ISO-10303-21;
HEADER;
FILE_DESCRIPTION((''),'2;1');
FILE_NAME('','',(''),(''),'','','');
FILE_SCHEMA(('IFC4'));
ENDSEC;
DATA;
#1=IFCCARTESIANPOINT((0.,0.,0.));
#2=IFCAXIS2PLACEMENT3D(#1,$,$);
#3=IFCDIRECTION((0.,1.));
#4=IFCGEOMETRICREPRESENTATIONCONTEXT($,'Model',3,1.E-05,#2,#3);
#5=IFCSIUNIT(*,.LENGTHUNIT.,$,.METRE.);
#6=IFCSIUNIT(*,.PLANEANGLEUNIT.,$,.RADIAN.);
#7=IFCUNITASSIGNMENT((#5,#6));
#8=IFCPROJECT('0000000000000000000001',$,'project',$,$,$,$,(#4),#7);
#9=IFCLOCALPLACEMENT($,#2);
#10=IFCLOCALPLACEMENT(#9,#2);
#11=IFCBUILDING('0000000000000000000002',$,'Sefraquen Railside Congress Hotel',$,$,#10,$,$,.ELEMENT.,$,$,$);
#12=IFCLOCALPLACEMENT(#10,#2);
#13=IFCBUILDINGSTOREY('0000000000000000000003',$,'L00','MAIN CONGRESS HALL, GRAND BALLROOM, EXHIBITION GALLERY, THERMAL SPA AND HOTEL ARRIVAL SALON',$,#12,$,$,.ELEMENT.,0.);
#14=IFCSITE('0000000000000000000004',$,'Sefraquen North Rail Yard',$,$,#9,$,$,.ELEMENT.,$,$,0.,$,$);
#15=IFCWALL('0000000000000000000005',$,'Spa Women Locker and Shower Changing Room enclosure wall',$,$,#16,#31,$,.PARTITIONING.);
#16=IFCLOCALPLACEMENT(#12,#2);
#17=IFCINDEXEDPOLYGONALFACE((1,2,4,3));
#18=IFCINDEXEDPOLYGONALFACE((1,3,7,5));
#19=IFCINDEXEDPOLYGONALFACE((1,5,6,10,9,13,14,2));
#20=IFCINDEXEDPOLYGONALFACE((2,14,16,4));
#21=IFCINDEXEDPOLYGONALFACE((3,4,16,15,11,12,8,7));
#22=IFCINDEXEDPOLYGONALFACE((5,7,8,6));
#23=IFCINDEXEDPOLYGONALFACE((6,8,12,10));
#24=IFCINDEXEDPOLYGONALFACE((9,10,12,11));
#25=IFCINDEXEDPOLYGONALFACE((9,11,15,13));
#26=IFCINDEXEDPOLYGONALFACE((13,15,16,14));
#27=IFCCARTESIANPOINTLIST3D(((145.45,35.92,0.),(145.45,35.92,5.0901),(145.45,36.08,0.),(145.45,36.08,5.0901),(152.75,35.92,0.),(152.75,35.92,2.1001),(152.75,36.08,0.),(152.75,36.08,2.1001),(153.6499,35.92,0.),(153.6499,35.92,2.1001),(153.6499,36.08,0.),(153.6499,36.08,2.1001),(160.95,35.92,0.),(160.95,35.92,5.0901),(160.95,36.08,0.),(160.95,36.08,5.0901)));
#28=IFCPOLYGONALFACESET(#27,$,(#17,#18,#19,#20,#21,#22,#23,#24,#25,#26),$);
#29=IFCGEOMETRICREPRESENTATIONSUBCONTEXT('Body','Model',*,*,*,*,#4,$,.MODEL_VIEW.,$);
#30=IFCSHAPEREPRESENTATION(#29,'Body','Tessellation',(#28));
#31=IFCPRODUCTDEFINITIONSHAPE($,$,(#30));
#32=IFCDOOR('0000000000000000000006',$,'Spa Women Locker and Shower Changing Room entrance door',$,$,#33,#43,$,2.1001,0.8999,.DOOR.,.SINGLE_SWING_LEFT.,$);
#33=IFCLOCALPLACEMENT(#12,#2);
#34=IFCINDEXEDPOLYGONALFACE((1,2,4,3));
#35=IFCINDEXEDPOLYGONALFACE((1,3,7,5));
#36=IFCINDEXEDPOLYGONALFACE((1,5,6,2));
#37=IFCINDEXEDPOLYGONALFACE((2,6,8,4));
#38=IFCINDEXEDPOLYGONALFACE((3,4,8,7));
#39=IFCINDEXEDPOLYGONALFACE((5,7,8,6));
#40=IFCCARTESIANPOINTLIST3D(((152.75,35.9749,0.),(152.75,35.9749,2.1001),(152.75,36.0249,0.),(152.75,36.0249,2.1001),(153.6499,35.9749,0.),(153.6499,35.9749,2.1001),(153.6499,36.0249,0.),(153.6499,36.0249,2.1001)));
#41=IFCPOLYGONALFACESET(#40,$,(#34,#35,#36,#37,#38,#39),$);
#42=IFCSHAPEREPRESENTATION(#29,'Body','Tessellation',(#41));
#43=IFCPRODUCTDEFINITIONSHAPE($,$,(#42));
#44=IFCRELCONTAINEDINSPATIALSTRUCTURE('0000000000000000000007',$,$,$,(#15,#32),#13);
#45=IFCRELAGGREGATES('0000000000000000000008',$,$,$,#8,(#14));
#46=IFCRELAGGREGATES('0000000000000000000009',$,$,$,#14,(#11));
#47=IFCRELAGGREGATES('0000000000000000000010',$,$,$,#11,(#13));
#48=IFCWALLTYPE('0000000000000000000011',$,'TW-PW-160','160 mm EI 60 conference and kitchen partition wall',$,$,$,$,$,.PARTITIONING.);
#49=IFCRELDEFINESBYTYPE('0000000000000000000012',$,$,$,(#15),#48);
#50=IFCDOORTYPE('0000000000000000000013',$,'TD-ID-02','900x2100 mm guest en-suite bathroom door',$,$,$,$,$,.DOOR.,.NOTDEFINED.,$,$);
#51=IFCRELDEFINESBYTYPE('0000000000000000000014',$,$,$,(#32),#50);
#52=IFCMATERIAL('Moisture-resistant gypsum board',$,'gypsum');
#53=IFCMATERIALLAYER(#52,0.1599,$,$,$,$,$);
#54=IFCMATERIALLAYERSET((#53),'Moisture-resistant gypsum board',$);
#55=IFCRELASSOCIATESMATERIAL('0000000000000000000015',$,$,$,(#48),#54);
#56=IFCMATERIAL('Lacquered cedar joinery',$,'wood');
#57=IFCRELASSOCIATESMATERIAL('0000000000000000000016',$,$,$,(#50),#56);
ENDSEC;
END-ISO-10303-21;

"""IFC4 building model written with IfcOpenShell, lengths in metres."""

from ifc_helpers import new_model, si_unit, direction, frame, frame_2d, origin, place, context, subcontext, project, spatial, rectangle, extrude, material, layer, layer_set, type_object, element, fill, save


model = new_model("IFC4")

# Units and contexts
model_context = context("Model", 3, precision=1e-05, world=origin(), true_north=direction((0.0, 1.0)))
body_context = subcontext(model_context, "Body", "Model", "MODEL_VIEW")
ifc_project = project(units=[si_unit("LENGTHUNIT", "METRE"), si_unit("PLANEANGLEUNIT", "RADIAN")], contexts=[model_context])

# Site, building, storey
site_placement = place(None, origin())
site = spatial("IfcSite", under=ifc_project, at=site_placement, Name="Sefraquen North Rail Yard", CompositionType="ELEMENT", RefElevation=0.0)
building_placement = place(site_placement, origin())
building = spatial("IfcBuilding", under=site, at=building_placement, Name="Sefraquen Railside Congress Hotel", CompositionType="ELEMENT")
storey_placement = place(building_placement, origin())
storey = spatial("IfcBuildingStorey", under=building, at=storey_placement, Name="L00", Description="MAIN CONGRESS HALL, GRAND BALLROOM, EXHIBITION GALLERY, THERMAL SPA AND HOTEL ARRIVAL SALON", CompositionType="ELEMENT", Elevation=0.0)

# Wall, opening, door
ifc_material_1 = material(Name="Moisture-resistant gypsum board", Category="gypsum")
ifc_layer_1 = layer(ifc_material_1, 0.1599)
ifc_layer_set_1 = layer_set([ifc_layer_1], Name="Moisture-resistant gypsum board")
wall_type_1 = type_object("IfcWallType", Name="TW-PW-160", Description="160 mm EI 60 conference and kitchen partition wall", PredefinedType="PARTITIONING", material=ifc_layer_set_1)
ifc_material_2 = material(Name="Lacquered cedar joinery", Category="wood")
door_type = type_object("IfcDoorType", Name="TD-ID-02", Description="900x2100 mm guest en-suite bathroom door", OperationType="NOTDEFINED", PredefinedType="DOOR", material=ifc_material_2)
wall_1_placement = place(storey_placement, frame((145.45, 36.0, 0.0), z_axis=(0.0, 0.0, 1.0), x_axis=(1.0, 0.0, 0.0)))
wall_1 = element("IfcWall", 1, at=wall_1_placement, inside=storey, type_object=wall_type_1, Name="Spa Women Locker and Shower Changing Room enclosure wall", PredefinedType="PARTITIONING", context=body_context, shape_type="SweptSolid", body=[
    extrude(rectangle(XDim=15.5, YDim=0.1599, at=frame_2d((7.75, 0.0))), origin(), (0.0, 0.0, 1.0), 5.0901),
])
opening_1_placement = place(wall_1_placement, frame((7.3, 0.0, 0.0)))
opening_1 = element("IfcOpeningElement", 2, at=opening_1_placement, cuts=wall_1, PredefinedType="OPENING", context=body_context, shape_type="SweptSolid", body=[
    extrude(rectangle(XDim=0.8999, YDim=2.1001, at=frame_2d((0.45, 1.05))), frame((0.0, 0.0898, 0.0), z_axis=(0.0, -1.0, 0.0), x_axis=(1.0, 0.0, 0.0)), (0.0, 0.0, 1.0), 0.1799),
])
door_1_placement = place(opening_1_placement, origin())
door_1 = element("IfcDoor", 3, at=door_1_placement, inside=storey, type_object=door_type, Name="Spa Women Locker and Shower Changing Room entrance door", OperationType="SINGLE_SWING_LEFT", OverallHeight=2.1001, OverallWidth=0.8999, PredefinedType="DOOR", context=body_context, shape_type="SweptSolid", body=[
    extrude(rectangle(XDim=0.8999, YDim=2.1001, at=frame_2d((0.45, 1.05))), frame((0.0, 0.0249, 0.0), z_axis=(0.0, -1.0, 0.0), x_axis=(1.0, 0.0, 0.0)), (0.0, 0.0, 1.0), 0.05),
])
fill(opening_1, door_1)

save(model, "model.ifc")
